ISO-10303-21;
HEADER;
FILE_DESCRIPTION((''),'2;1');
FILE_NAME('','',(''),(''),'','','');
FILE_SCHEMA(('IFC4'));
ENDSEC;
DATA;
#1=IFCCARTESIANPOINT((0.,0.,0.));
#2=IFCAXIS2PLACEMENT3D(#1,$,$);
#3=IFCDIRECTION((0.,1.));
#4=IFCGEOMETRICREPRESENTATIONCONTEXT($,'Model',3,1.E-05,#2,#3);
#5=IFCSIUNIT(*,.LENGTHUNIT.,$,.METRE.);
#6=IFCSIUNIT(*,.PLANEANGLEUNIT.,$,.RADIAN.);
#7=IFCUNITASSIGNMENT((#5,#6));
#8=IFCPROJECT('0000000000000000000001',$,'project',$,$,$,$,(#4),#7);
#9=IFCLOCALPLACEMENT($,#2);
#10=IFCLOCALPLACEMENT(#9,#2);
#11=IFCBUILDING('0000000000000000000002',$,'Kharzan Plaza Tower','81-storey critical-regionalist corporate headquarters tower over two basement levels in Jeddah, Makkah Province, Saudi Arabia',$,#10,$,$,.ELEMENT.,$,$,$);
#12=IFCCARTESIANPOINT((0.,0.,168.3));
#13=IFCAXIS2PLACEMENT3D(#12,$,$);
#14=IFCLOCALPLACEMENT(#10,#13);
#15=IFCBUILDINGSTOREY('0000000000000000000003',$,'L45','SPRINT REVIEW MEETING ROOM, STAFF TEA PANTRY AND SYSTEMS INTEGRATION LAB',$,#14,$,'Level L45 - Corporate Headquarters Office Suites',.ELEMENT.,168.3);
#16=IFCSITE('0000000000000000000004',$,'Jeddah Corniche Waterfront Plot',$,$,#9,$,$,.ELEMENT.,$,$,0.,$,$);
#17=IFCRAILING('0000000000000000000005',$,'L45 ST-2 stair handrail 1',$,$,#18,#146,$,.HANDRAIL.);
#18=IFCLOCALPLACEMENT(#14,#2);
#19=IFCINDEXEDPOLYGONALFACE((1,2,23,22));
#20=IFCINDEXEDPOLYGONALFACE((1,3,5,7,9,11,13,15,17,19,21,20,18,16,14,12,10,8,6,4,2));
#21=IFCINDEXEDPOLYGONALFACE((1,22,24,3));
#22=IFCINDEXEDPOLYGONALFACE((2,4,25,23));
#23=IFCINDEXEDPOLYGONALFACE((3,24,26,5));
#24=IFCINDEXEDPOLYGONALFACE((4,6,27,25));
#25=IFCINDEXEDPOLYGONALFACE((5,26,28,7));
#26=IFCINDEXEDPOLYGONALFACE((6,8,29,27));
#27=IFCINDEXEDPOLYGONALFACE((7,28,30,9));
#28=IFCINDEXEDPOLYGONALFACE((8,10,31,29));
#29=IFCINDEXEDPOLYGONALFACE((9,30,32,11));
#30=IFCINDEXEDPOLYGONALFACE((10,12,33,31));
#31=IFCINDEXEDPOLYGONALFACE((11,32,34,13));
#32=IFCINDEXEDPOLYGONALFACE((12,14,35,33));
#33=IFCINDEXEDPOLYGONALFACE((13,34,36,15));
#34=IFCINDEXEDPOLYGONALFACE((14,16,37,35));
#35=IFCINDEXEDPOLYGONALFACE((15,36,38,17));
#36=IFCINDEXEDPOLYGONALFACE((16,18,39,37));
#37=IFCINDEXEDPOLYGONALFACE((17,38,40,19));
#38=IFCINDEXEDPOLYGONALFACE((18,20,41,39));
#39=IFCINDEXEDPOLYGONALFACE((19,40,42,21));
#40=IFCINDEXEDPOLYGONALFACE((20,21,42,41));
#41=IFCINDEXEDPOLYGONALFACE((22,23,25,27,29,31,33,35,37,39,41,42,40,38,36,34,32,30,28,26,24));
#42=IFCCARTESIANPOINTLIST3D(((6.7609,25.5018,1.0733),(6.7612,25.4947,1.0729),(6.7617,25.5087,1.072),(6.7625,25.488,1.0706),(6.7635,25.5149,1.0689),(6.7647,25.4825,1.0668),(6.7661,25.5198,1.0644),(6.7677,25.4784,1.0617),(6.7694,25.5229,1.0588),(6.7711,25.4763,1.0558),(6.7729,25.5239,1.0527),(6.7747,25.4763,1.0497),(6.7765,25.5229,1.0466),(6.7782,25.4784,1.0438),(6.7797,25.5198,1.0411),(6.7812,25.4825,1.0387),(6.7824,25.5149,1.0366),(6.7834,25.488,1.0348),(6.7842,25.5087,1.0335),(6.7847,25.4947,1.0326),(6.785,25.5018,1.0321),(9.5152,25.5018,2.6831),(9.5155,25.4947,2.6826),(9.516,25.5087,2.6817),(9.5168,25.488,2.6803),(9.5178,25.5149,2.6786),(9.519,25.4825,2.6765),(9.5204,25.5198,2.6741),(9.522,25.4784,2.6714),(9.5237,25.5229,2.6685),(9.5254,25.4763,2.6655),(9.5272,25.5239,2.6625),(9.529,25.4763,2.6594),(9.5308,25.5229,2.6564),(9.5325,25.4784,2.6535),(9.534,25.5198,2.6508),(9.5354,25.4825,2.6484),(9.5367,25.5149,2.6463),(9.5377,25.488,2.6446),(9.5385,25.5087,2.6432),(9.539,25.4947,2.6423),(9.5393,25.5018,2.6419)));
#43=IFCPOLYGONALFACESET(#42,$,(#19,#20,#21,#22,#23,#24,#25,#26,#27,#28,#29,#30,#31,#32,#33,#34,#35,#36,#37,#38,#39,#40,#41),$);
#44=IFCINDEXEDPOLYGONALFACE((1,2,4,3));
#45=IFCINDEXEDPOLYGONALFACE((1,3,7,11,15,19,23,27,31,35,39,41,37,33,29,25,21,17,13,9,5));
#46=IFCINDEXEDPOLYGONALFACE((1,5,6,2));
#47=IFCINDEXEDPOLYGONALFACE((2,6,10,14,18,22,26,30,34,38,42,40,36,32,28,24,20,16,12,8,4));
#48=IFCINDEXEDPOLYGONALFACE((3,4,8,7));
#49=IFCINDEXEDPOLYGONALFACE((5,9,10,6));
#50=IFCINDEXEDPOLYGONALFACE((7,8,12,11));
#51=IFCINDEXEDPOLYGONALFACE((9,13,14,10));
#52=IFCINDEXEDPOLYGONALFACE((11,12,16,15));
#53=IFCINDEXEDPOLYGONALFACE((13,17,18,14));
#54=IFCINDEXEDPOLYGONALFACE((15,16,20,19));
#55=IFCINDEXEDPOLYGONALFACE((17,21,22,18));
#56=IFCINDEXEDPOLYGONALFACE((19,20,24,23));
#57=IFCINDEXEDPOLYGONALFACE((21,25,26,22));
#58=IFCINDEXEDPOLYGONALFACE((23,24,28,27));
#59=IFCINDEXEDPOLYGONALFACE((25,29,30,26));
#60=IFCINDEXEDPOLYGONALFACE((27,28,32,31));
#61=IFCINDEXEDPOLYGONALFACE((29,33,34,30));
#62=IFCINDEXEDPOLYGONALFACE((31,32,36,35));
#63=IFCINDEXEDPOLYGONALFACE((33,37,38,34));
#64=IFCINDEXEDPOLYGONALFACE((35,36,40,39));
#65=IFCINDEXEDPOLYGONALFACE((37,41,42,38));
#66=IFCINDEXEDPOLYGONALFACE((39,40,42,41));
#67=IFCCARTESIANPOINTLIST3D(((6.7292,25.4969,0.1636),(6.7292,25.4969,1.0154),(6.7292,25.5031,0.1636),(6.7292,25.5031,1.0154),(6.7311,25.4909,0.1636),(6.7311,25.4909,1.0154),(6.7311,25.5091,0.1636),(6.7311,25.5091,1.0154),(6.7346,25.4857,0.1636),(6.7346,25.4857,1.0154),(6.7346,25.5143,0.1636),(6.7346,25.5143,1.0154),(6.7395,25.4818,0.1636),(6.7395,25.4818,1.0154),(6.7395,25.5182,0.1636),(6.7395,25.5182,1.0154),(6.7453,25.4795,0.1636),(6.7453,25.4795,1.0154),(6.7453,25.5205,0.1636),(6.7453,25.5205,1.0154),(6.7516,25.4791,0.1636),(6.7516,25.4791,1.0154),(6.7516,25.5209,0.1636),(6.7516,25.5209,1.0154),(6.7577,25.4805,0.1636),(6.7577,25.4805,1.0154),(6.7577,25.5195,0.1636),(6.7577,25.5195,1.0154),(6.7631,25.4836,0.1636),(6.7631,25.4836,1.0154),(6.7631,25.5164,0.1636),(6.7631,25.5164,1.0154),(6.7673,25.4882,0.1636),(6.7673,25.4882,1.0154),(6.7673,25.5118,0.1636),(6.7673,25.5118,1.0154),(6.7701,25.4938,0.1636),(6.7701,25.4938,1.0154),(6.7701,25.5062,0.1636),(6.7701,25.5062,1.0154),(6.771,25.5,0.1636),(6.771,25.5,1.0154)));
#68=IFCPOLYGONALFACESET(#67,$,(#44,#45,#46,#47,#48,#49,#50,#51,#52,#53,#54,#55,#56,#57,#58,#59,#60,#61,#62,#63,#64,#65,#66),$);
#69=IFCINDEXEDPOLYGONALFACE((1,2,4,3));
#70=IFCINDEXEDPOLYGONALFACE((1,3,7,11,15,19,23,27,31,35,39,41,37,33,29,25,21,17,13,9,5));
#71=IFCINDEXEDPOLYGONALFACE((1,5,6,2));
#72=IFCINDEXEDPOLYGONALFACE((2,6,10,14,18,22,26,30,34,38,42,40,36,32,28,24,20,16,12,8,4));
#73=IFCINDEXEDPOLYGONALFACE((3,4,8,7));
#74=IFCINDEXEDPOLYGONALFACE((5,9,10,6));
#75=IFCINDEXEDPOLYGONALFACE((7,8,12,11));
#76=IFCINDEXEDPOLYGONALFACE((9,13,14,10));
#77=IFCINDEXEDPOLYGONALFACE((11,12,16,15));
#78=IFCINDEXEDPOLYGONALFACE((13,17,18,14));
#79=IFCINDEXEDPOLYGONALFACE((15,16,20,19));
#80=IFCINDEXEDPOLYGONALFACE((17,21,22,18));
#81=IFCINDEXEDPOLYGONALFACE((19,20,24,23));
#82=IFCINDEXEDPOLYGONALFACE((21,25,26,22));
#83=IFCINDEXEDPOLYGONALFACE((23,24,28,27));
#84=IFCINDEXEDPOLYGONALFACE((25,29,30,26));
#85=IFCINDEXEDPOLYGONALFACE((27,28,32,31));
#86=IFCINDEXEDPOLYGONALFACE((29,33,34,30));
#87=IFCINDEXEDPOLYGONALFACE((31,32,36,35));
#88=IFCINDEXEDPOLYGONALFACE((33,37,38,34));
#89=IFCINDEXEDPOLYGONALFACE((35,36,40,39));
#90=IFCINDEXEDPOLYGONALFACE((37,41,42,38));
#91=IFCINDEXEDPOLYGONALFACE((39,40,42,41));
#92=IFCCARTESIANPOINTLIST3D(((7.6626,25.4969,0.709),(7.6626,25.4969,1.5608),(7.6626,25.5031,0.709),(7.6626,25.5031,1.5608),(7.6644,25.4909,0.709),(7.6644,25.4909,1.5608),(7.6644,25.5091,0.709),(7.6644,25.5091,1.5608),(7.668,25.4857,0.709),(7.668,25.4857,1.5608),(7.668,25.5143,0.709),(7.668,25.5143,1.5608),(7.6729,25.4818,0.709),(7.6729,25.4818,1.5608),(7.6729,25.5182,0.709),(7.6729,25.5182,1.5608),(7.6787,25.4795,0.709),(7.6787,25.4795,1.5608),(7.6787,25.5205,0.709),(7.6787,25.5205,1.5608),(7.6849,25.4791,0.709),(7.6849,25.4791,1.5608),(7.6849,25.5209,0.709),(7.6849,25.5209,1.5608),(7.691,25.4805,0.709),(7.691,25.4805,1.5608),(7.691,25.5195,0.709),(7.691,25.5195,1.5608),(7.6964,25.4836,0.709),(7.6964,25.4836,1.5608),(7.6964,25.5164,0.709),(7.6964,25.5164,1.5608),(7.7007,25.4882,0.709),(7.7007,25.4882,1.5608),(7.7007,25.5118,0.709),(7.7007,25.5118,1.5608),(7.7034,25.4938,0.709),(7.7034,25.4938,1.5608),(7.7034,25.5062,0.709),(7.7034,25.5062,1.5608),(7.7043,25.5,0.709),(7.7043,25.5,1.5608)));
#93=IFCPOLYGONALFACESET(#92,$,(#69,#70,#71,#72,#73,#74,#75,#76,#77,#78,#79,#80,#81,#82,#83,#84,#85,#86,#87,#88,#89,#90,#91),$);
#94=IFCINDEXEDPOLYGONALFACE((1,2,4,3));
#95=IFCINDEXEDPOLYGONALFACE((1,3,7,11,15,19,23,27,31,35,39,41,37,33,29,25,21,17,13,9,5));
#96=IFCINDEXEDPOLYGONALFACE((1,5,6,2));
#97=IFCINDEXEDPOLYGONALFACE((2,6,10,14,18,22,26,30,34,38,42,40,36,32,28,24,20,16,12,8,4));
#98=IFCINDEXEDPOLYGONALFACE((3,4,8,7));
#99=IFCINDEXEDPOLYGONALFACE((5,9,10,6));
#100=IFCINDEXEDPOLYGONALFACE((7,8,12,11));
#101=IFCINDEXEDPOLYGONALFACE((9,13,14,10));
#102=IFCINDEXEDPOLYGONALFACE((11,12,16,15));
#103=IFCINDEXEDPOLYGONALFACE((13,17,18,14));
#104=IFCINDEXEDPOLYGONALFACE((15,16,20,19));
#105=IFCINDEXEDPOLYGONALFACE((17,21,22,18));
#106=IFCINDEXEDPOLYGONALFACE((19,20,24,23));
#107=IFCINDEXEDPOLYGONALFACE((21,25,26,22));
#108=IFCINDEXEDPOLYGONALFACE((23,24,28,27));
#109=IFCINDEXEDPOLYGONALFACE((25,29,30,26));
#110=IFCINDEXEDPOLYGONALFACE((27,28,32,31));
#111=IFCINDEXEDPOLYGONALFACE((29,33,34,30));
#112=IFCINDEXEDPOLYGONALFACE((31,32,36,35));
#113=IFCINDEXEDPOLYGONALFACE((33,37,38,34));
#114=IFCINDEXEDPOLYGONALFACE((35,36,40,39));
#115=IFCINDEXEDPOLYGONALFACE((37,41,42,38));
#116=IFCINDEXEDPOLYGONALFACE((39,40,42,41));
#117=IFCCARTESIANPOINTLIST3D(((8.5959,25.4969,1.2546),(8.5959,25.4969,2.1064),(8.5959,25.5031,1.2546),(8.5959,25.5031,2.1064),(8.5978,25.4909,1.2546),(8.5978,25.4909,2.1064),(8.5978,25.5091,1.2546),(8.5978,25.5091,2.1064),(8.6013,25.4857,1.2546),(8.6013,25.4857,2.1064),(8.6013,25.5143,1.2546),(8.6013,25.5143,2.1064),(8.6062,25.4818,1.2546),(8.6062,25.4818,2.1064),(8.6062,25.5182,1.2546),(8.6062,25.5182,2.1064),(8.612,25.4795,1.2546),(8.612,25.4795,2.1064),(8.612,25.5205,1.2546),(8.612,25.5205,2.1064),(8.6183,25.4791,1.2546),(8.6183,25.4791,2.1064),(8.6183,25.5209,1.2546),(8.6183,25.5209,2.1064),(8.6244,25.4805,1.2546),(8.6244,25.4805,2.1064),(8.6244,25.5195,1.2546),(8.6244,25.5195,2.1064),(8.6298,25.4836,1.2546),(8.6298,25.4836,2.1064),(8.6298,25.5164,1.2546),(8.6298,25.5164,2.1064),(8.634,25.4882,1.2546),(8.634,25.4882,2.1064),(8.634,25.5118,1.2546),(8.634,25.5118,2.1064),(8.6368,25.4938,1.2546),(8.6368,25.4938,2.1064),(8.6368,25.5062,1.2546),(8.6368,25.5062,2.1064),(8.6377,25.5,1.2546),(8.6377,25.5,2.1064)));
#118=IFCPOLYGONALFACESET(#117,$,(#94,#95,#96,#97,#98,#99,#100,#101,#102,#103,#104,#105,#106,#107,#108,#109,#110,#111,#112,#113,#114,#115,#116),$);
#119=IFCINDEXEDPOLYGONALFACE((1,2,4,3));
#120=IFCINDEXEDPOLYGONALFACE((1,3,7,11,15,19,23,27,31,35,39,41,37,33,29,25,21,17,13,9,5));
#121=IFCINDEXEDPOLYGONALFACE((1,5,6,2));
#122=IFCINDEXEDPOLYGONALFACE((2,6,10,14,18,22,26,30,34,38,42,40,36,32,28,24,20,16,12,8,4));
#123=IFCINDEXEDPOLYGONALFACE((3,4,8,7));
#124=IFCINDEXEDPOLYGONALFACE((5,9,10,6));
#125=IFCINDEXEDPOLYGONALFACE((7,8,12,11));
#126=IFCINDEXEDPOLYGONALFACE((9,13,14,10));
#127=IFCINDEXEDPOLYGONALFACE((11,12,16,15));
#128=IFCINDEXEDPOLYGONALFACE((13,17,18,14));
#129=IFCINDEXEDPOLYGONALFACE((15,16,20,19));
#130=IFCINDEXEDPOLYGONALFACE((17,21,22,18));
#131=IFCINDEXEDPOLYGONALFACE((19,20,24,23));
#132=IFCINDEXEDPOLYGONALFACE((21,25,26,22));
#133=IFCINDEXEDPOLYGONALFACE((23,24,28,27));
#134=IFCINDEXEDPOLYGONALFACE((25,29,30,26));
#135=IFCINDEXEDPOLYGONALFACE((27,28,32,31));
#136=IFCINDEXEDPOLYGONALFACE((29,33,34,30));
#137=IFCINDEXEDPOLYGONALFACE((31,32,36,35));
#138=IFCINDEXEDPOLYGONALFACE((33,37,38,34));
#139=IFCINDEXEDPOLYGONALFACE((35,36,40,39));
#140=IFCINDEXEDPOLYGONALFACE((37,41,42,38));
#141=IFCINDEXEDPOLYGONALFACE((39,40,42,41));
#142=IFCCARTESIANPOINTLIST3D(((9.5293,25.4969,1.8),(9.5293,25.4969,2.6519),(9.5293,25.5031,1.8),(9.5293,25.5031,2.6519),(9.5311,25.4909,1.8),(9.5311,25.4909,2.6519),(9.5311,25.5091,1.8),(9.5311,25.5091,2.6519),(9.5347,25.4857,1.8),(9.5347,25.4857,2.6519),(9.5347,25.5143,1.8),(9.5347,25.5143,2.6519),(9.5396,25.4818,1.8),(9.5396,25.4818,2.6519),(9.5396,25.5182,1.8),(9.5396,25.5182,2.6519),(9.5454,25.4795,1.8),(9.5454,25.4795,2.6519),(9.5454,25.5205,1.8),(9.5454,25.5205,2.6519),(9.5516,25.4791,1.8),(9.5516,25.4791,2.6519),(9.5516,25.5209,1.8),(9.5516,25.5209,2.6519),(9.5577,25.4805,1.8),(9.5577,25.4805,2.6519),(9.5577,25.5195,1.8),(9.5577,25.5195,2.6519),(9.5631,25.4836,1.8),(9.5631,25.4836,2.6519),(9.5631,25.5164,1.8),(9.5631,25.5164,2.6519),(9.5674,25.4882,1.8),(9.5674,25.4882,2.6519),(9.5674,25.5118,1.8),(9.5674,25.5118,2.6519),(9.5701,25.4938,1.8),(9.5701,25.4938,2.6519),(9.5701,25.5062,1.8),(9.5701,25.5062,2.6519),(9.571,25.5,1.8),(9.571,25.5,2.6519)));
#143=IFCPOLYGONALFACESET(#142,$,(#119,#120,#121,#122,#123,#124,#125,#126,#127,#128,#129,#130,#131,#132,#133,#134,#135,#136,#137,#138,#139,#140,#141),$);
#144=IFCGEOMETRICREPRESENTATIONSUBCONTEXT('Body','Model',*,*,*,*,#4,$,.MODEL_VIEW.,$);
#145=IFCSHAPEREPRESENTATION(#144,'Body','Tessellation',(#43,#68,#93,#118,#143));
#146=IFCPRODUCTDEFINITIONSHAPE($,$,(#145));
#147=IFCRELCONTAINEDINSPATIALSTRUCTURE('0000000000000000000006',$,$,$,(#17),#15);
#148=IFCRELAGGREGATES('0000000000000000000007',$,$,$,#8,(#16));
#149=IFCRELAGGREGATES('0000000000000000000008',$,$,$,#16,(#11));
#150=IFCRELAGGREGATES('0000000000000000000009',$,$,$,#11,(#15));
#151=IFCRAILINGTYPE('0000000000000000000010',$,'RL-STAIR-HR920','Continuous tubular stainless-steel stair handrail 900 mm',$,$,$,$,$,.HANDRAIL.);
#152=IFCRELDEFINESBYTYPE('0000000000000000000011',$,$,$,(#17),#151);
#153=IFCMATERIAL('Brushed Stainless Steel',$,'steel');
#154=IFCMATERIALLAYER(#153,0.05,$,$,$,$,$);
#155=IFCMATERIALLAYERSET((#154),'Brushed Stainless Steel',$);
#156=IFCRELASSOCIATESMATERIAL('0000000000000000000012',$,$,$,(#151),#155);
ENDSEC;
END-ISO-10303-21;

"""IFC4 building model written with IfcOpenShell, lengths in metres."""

from ifc_helpers import new_model, si_unit, direction, frame, origin, origin_2d, place, context, subcontext, project, spatial, circle, extrude, source, transform, mapped, material, layer, layer_set, type_object, element, save


model = new_model("IFC4")

# Units and contexts
model_context = context("Model", 3, precision=1e-05, world=origin(), true_north=direction((0.0, 1.0)))
body_context = subcontext(model_context, "Body", "Model", "MODEL_VIEW")
ifc_project = project(units=[si_unit("LENGTHUNIT", "METRE"), si_unit("PLANEANGLEUNIT", "RADIAN")], contexts=[model_context])

# Site, building, storey
site_placement = place(None, origin())
site = spatial("IfcSite", under=ifc_project, at=site_placement, Name="Jeddah Corniche Waterfront Plot", CompositionType="ELEMENT", RefElevation=0.0)
building_placement = place(site_placement, origin())
building = spatial("IfcBuilding", under=site, at=building_placement, Name="Kharzan Plaza Tower", Description="81-storey critical-regionalist corporate headquarters tower over two basement levels in Jeddah, Makkah Province, Saudi Arabia", CompositionType="ELEMENT")
storey_placement = place(building_placement, frame((0.0, 0.0, 168.3)))
storey = spatial("IfcBuildingStorey", under=building, at=storey_placement, Name="L45", Description="SPRINT REVIEW MEETING ROOM, STAFF TEA PANTRY AND SYSTEMS INTEGRATION LAB", LongName="Level L45 - Corporate Headquarters Office Suites", CompositionType="ELEMENT", Elevation=168.3)

# Shared definitions
ifc_material_1 = material(Name="Brushed Stainless Steel", Category="steel")

# Railing
ifc_layer_1 = layer(ifc_material_1, 0.05)
ifc_layer_set_1 = layer_set([ifc_layer_1], Name="Brushed Stainless Steel")
railing_type_1 = type_object("IfcRailingType", Name="RL-STAIR-HR920", Description="Continuous tubular stainless-steel stair handrail 900 mm", PredefinedType="HANDRAIL", material=ifc_layer_set_1)
shared_shape_1 = source(origin(), body_context, "Body", "SweptSolid", [
    extrude(circle(Radius=0.0239, at=origin_2d()), frame((0.0229, 0.0, 0.8892), z_axis=(0.863361, 0.0, 0.504587), x_axis=(0.0, 1.0, 0.0)), (0.0, 0.0, 1.0), 3.1902),
    extrude(circle(Radius=0.021, at=origin_2d()), origin(), (0.0, 0.0, 1.0), 0.8518),
    extrude(circle(Radius=0.021, at=origin_2d()), frame((0.9333, 0.0, 0.5454)), (0.0, 0.0, 1.0), 0.8518),
    extrude(circle(Radius=0.021, at=origin_2d()), frame((1.8667, 0.0, 1.0911)), (0.0, 0.0, 1.0), 0.8518),
    extrude(circle(Radius=0.021, at=origin_2d()), frame((2.8, 0.0, 1.6365)), (0.0, 0.0, 1.0), 0.8518),
])
railing_1_placement = place(storey_placement, frame((6.75, 25.5, 0.1636)))
element("IfcRailing", 1, at=railing_1_placement, inside=storey, type_object=railing_type_1, Name="L45 ST-2 stair handrail 1", PredefinedType="HANDRAIL", context=body_context, shape_type="MappedRepresentation", body=[
    mapped(shared_shape_1, transform((0.0, 0.0, 0.0), x_axis=(1.0, 0.0, 0.0), y_axis=(0.0, 1.0, 0.0), z_axis=(0.0, 0.0, 1.0))),
])

save(model, "model.ifc")
